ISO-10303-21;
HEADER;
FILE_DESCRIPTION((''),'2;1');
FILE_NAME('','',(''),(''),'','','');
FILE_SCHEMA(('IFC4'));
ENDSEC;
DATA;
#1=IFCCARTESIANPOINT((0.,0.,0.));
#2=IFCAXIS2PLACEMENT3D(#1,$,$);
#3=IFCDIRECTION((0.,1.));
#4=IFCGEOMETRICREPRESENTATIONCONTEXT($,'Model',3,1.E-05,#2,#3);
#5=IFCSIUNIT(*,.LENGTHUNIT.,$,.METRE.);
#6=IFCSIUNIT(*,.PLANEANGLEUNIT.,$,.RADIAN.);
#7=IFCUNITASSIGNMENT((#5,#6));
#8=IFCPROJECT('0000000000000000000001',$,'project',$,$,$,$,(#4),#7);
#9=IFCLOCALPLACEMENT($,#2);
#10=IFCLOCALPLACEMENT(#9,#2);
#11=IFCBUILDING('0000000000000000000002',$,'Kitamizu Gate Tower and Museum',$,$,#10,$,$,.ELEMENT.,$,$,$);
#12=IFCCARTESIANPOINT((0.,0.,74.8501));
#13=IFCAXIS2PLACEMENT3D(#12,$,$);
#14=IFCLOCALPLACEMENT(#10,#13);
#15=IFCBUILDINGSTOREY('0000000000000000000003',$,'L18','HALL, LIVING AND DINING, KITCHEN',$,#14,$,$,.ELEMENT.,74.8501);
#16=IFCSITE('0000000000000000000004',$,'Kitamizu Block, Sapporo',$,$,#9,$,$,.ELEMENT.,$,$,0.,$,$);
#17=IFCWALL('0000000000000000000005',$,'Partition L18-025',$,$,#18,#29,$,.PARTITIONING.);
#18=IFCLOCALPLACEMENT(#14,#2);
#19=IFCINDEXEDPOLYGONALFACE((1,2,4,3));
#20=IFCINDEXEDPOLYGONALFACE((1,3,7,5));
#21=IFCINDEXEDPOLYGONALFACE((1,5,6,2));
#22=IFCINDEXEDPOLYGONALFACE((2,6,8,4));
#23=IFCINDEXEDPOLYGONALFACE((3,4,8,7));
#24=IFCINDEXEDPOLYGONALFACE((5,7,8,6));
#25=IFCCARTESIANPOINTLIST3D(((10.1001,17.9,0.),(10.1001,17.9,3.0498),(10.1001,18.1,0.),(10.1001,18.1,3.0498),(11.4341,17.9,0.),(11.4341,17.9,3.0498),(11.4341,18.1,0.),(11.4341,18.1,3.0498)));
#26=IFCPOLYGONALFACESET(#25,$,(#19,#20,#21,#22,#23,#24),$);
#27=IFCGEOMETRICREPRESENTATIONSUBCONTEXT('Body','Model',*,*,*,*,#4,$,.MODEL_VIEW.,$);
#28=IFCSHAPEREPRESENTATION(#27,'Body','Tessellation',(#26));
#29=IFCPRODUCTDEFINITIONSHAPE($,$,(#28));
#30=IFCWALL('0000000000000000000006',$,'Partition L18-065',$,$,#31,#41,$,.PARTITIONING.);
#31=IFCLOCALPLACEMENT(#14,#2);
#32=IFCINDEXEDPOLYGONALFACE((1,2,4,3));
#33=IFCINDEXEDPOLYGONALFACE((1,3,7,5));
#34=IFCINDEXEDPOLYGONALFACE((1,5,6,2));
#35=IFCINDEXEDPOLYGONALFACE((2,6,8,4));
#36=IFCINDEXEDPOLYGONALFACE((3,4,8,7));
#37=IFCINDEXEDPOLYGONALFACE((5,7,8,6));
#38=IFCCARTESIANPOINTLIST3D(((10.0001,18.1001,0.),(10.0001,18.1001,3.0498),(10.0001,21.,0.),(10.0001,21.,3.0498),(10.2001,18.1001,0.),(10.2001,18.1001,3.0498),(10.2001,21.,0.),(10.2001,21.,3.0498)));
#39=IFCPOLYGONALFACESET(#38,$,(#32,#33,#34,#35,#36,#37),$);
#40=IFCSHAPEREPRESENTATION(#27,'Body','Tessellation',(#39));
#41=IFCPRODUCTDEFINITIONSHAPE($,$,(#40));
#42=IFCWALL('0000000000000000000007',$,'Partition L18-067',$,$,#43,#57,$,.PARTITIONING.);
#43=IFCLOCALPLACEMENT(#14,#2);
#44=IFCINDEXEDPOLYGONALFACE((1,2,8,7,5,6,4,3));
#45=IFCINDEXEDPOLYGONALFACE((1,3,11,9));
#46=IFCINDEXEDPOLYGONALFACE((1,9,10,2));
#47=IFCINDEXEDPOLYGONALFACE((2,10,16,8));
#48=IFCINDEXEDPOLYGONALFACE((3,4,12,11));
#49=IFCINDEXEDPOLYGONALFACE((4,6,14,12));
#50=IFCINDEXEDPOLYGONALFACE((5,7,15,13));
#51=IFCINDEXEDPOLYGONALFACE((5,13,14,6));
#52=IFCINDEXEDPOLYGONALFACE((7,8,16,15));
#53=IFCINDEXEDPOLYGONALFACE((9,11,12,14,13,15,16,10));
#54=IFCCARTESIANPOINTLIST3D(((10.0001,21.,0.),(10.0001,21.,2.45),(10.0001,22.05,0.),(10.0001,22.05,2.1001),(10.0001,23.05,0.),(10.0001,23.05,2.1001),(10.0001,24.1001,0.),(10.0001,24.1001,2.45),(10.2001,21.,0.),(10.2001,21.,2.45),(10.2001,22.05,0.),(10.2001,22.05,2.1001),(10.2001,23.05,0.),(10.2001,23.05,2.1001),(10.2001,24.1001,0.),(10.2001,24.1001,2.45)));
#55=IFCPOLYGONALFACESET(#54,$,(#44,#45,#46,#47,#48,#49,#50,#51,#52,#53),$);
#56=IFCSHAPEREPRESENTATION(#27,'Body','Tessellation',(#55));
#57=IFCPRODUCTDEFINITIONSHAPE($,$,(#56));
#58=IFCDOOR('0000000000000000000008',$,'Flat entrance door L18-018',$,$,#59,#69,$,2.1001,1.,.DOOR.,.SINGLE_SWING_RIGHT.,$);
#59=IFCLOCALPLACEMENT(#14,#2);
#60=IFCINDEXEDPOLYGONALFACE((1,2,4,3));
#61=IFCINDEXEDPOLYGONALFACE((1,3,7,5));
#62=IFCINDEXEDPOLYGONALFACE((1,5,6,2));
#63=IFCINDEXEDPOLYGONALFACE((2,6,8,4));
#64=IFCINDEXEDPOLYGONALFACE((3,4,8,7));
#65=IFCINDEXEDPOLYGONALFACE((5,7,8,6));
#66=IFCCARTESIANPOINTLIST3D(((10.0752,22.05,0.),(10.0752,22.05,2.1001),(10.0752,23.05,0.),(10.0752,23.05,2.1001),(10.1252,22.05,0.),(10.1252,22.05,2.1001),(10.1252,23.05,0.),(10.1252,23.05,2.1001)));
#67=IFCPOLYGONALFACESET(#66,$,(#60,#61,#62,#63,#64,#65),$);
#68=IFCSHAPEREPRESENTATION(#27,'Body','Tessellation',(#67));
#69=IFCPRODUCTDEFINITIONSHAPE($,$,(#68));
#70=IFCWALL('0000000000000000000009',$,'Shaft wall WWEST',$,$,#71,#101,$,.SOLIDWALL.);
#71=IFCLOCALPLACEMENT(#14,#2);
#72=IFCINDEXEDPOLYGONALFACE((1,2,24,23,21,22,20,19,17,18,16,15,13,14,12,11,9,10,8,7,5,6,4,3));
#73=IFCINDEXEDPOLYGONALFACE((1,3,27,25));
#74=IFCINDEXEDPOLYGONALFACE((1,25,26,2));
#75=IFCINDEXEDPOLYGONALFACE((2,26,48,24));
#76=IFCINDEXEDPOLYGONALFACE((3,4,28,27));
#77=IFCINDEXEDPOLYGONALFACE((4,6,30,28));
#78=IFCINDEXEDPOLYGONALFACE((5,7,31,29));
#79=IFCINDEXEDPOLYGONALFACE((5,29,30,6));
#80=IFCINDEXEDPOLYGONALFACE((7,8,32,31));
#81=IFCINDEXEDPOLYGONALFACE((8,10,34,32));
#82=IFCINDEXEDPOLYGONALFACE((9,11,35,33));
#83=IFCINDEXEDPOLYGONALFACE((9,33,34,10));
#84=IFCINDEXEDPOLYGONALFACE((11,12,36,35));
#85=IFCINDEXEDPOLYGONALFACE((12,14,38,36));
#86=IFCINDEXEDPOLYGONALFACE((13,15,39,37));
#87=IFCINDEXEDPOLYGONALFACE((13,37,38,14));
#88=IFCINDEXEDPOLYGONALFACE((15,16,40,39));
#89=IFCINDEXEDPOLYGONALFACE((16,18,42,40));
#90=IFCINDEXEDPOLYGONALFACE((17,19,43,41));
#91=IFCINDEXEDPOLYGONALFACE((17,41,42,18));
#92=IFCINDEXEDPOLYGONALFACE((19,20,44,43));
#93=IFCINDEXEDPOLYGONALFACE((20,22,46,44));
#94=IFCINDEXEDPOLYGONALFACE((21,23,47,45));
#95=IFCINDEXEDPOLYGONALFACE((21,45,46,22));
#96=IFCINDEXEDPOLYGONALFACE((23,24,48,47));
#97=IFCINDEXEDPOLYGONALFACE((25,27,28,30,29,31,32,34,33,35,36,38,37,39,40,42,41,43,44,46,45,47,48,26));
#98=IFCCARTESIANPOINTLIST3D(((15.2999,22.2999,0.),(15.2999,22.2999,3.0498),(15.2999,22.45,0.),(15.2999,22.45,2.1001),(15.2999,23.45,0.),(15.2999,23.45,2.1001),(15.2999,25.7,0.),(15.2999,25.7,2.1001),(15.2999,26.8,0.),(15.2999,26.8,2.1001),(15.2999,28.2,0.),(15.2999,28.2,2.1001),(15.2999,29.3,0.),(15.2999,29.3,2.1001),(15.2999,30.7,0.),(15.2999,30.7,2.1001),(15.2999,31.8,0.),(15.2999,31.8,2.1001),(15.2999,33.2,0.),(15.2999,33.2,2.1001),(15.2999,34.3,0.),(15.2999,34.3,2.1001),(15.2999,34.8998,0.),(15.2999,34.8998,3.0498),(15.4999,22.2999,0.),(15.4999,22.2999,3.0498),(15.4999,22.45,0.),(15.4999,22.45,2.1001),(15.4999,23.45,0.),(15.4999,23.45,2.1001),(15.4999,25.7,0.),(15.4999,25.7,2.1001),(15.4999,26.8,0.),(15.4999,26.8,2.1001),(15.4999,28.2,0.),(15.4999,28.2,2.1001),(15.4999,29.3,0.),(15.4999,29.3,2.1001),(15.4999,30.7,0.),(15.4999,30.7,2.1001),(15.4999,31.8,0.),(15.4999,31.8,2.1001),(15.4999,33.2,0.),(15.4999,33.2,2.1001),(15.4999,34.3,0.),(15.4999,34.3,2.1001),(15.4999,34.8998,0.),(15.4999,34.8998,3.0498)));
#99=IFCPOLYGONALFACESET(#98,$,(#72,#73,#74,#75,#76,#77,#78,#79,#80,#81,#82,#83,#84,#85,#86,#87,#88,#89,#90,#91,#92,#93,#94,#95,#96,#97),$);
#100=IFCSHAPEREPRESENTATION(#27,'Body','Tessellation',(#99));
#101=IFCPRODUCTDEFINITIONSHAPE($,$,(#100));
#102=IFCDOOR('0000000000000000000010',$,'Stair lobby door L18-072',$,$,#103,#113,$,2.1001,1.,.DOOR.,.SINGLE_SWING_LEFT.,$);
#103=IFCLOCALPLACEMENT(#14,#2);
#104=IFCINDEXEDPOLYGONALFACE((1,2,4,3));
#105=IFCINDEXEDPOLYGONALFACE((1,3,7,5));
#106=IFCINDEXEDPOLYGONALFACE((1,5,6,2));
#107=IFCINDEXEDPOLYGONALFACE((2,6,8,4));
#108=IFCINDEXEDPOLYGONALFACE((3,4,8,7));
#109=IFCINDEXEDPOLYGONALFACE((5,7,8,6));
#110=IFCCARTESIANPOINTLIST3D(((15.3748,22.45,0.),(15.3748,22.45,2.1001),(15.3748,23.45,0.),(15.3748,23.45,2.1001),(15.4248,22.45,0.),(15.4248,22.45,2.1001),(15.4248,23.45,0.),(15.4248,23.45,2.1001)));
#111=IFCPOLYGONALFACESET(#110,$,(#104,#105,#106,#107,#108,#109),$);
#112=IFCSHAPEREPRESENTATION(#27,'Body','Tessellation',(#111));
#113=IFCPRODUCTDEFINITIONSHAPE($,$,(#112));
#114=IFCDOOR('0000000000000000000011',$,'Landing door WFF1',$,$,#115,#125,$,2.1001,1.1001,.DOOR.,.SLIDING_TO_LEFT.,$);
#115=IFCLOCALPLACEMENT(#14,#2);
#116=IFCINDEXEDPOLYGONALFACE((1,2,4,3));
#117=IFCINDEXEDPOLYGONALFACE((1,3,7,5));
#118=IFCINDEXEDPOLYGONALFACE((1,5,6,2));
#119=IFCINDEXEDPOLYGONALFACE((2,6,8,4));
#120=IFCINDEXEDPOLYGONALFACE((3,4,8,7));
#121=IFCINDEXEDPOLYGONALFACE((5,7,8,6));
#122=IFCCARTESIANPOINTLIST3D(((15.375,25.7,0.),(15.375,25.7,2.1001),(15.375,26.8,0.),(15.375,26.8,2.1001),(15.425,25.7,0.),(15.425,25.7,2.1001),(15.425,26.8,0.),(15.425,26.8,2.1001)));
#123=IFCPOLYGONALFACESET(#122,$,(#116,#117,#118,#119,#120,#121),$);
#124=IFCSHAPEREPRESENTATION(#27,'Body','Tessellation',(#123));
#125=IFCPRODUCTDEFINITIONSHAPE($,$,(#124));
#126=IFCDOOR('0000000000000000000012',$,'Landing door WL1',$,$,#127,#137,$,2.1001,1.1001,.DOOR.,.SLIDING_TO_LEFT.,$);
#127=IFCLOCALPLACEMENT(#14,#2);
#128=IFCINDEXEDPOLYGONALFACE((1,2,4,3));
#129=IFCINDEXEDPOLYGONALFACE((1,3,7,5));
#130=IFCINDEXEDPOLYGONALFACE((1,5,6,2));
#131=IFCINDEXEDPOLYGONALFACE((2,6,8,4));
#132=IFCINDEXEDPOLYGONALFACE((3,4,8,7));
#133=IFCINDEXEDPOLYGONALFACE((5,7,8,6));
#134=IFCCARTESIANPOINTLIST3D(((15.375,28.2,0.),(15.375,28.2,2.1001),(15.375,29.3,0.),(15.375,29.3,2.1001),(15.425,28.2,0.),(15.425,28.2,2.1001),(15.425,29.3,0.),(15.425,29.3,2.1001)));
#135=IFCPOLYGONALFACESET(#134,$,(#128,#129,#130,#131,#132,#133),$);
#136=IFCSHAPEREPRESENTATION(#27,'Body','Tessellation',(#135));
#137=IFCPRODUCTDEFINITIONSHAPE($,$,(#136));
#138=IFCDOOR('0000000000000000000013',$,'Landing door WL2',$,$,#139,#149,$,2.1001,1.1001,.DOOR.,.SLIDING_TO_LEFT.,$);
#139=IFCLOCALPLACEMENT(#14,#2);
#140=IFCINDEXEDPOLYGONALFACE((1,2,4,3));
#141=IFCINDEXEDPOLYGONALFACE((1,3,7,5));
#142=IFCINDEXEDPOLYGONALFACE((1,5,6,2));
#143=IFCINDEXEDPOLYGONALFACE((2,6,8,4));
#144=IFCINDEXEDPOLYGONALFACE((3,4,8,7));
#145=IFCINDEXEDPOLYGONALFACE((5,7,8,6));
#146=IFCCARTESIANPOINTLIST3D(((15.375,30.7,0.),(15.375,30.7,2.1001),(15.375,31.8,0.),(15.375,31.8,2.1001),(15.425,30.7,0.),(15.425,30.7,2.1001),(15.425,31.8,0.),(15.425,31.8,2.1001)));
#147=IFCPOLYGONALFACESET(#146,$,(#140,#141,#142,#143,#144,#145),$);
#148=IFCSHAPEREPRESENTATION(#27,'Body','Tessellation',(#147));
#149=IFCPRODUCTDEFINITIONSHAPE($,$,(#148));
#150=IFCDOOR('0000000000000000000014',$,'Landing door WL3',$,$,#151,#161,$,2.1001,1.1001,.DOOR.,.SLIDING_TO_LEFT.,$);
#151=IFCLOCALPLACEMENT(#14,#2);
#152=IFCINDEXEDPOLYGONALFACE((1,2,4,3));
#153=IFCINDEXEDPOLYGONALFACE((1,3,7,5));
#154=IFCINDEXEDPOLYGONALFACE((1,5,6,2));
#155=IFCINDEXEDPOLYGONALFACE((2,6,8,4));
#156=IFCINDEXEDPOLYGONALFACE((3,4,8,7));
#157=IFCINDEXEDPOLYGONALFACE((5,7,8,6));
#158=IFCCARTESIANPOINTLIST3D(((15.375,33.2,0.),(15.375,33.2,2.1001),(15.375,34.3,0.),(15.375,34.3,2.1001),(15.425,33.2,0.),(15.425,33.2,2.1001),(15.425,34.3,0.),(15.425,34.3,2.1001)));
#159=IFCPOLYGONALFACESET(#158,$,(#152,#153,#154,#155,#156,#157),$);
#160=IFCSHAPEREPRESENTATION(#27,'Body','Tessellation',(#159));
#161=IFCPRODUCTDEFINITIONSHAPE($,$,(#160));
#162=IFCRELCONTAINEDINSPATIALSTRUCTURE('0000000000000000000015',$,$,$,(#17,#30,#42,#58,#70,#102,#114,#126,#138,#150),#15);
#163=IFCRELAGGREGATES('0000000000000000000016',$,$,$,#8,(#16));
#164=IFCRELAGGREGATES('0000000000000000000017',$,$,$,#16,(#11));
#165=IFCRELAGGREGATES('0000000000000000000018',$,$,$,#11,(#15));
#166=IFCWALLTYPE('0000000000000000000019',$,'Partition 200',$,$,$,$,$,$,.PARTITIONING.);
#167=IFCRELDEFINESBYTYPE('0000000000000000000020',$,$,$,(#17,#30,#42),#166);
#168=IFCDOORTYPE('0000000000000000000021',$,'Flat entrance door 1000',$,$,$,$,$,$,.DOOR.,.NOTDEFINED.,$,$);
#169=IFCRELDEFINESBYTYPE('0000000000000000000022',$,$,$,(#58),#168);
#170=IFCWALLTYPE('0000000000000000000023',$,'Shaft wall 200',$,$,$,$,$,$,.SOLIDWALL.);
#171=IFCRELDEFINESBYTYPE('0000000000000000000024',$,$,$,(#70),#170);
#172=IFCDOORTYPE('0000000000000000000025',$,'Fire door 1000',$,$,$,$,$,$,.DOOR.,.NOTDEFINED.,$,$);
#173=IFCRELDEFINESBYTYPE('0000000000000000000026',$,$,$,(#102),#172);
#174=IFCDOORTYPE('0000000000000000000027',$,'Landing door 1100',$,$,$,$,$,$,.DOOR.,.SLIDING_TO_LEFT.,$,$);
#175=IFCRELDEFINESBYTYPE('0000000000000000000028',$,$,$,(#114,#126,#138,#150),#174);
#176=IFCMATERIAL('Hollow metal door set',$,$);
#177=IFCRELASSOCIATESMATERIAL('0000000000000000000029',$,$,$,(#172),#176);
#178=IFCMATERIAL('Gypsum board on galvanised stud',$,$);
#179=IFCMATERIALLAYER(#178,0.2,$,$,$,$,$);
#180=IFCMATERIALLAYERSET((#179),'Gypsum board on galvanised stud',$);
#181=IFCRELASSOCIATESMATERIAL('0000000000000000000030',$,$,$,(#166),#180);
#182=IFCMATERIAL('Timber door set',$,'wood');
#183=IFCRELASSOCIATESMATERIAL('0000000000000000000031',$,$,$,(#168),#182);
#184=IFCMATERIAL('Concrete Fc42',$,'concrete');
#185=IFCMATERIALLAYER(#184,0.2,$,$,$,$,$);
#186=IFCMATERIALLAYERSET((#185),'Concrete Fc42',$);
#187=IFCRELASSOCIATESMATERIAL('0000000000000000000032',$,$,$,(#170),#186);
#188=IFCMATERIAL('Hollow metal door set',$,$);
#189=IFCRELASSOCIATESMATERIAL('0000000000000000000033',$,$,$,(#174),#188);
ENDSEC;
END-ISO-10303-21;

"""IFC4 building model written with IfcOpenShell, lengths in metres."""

from ifc_helpers import new_model, si_unit, direction, frame, frame_2d, origin, place, context, subcontext, project, spatial, rectangle, extrude, material, layer, layer_set, type_object, element, fill, save


model = new_model("IFC4")

# Units and contexts
model_context = context("Model", 3, precision=1e-05, world=origin(), true_north=direction((0.0, 1.0)))
body_context = subcontext(model_context, "Body", "Model", "MODEL_VIEW")
ifc_project = project(units=[si_unit("LENGTHUNIT", "METRE"), si_unit("PLANEANGLEUNIT", "RADIAN")], contexts=[model_context])

# Site, building, storey
site_placement = place(None, origin())
site = spatial("IfcSite", under=ifc_project, at=site_placement, Name="Kitamizu Block, Sapporo", CompositionType="ELEMENT", RefElevation=0.0)
building_placement = place(site_placement, origin())
building = spatial("IfcBuilding", under=site, at=building_placement, Name="Kitamizu Gate Tower and Museum", CompositionType="ELEMENT")
storey_placement = place(building_placement, frame((0.0, 0.0, 74.8501)))
storey = spatial("IfcBuildingStorey", under=building, at=storey_placement, Name="L18", Description="HALL, LIVING AND DINING, KITCHEN", CompositionType="ELEMENT", Elevation=74.8501)

# Shared definitions
ifc_material_1 = material(Name="Hollow metal door set")
door_type_1 = type_object("IfcDoorType", Name="Fire door 1000", OperationType="NOTDEFINED", PredefinedType="DOOR", material=ifc_material_1)

# Walls
ifc_material_2 = material(Name="Gypsum board on galvanised stud")
ifc_layer_1 = layer(ifc_material_2, 0.2)
ifc_layer_set_1 = layer_set([ifc_layer_1], Name="Gypsum board on galvanised stud")
wall_type_1 = type_object("IfcWallType", Name="Partition 200", PredefinedType="PARTITIONING", material=ifc_layer_set_1)
wall_1_placement = place(storey_placement, frame((11.4341, 18.0, 0.0), z_axis=(0.0, 0.0, 1.0), x_axis=(-1.0, 0.0, 0.0)))
element("IfcWall", 1, at=wall_1_placement, inside=storey, type_object=wall_type_1, Name="Partition L18-025", PredefinedType="PARTITIONING", context=body_context, shape_type="SweptSolid", body=[
    extrude(rectangle(XDim=1.334, YDim=0.2, at=frame_2d((0.667, 0.0))), origin(), (0.0, 0.0, 1.0), 3.0498),
])
wall_2_placement = place(storey_placement, frame((10.1001, 18.1001, 0.0), z_axis=(0.0, 0.0, 1.0), x_axis=(0.0, 1.0, 0.0)))
element("IfcWall", 2, at=wall_2_placement, inside=storey, type_object=wall_type_1, Name="Partition L18-065", PredefinedType="PARTITIONING", context=body_context, shape_type="SweptSolid", body=[
    extrude(rectangle(XDim=2.8999, YDim=0.2, at=frame_2d((1.45, 0.0))), origin(), (0.0, 0.0, 1.0), 3.0498),
])

# Wall, opening, door
wall_3_placement = place(storey_placement, frame((10.1001, 21.0, 0.0), z_axis=(0.0, 0.0, 1.0), x_axis=(0.0, 1.0, 0.0)))
wall_3 = element("IfcWall", 3, at=wall_3_placement, inside=storey, type_object=wall_type_1, Name="Partition L18-067", PredefinedType="PARTITIONING", context=body_context, shape_type="SweptSolid", body=[
    extrude(rectangle(XDim=3.1001, YDim=0.2, at=frame_2d((1.55, 0.0))), origin(), (0.0, 0.0, 1.0), 2.45),
])
opening_1_placement = place(wall_3_placement, frame((1.05, 0.0, 0.0)))
opening_1 = element("IfcOpeningElement", 4, at=opening_1_placement, cuts=wall_3, PredefinedType="OPENING", context=body_context, shape_type="SweptSolid", body=[
    extrude(rectangle(XDim=1.0, YDim=2.1001, at=frame_2d((0.5, 1.05))), frame((0.0, 0.1099, 0.0), z_axis=(0.0, -1.0, 0.0), x_axis=(1.0, 0.0, 0.0)), (0.0, 0.0, 1.0), 0.22),
])
ifc_material_3 = material(Name="Timber door set", Category="wood")
door_type_2 = type_object("IfcDoorType", Name="Flat entrance door 1000", OperationType="NOTDEFINED", PredefinedType="DOOR", material=ifc_material_3)
door_1_placement = place(opening_1_placement, origin())
door_1 = element("IfcDoor", 5, at=door_1_placement, inside=storey, type_object=door_type_2, Name="Flat entrance door L18-018", OperationType="SINGLE_SWING_RIGHT", OverallHeight=2.1001, OverallWidth=1.0, PredefinedType="DOOR", context=body_context, shape_type="SweptSolid", body=[
    extrude(rectangle(XDim=1.0, YDim=2.1001, at=frame_2d((0.5, 1.05))), frame((0.0, 0.0249, 0.0), z_axis=(0.0, -1.0, 0.0), x_axis=(1.0, 0.0, 0.0)), (0.0, 0.0, 1.0), 0.05),
])
fill(opening_1, door_1)

# Wall, openings, doors
ifc_material_4 = material(Name="Concrete Fc42", Category="concrete")
ifc_layer_2 = layer(ifc_material_4, 0.2)
ifc_layer_set_2 = layer_set([ifc_layer_2], Name="Concrete Fc42")
wall_type_2 = type_object("IfcWallType", Name="Shaft wall 200", PredefinedType="SOLIDWALL", material=ifc_layer_set_2)
wall_4_placement = place(storey_placement, frame((15.3999, 22.3, 0.0), z_axis=(0.0, 0.0, 1.0), x_axis=(0.0, 1.0, 0.0)))
wall_4 = element("IfcWall", 6, at=wall_4_placement, inside=storey, type_object=wall_type_2, Name="Shaft wall WWEST", PredefinedType="SOLIDWALL", context=body_context, shape_type="SweptSolid", body=[
    extrude(rectangle(XDim=12.5999, YDim=0.2, at=frame_2d((6.2998, 0.0))), origin(), (0.0, 0.0, 1.0), 3.0498),
])
opening_2_placement = place(wall_4_placement, frame((3.3999, 0.0, 0.0)))
opening_2 = element("IfcOpeningElement", 7, at=opening_2_placement, cuts=wall_4, PredefinedType="OPENING", context=body_context, shape_type="SweptSolid", body=[
    extrude(rectangle(XDim=1.1001, YDim=2.1001, at=frame_2d((0.55, 1.05))), frame((0.0, 0.1099, 0.0), z_axis=(0.0, -1.0, 0.0), x_axis=(1.0, 0.0, 0.0)), (0.0, 0.0, 1.0), 0.22),
])
opening_3_placement = place(wall_4_placement, frame((5.8999, 0.0, 0.0)))
opening_3 = element("IfcOpeningElement", 8, at=opening_3_placement, cuts=wall_4, PredefinedType="OPENING", context=body_context, shape_type="SweptSolid", body=[
    extrude(rectangle(XDim=1.1001, YDim=2.1001, at=frame_2d((0.55, 1.05))), frame((0.0, 0.1099, 0.0), z_axis=(0.0, -1.0, 0.0), x_axis=(1.0, 0.0, 0.0)), (0.0, 0.0, 1.0), 0.22),
])
opening_4_placement = place(wall_4_placement, frame((8.3999, 0.0, 0.0)))
opening_4 = element("IfcOpeningElement", 9, at=opening_4_placement, cuts=wall_4, PredefinedType="OPENING", context=body_context, shape_type="SweptSolid", body=[
    extrude(rectangle(XDim=1.1001, YDim=2.1001, at=frame_2d((0.55, 1.05))), frame((0.0, 0.1099, 0.0), z_axis=(0.0, -1.0, 0.0), x_axis=(1.0, 0.0, 0.0)), (0.0, 0.0, 1.0), 0.22),
])
opening_5_placement = place(wall_4_placement, frame((10.8999, 0.0, 0.0)))
opening_5 = element("IfcOpeningElement", 10, at=opening_5_placement, cuts=wall_4, PredefinedType="OPENING", context=body_context, shape_type="SweptSolid", body=[
    extrude(rectangle(XDim=1.1001, YDim=2.1001, at=frame_2d((0.55, 1.05))), frame((0.0, 0.1099, 0.0), z_axis=(0.0, -1.0, 0.0), x_axis=(1.0, 0.0, 0.0)), (0.0, 0.0, 1.0), 0.22),
])
opening_6_placement = place(wall_4_placement, frame((0.1499, 0.0, 0.0)))
opening_6 = element("IfcOpeningElement", 11, at=opening_6_placement, cuts=wall_4, PredefinedType="OPENING", context=body_context, shape_type="SweptSolid", body=[
    extrude(rectangle(XDim=1.0, YDim=2.1001, at=frame_2d((0.5, 1.05))), frame((0.0, 0.1099, 0.0), z_axis=(0.0, -1.0, 0.0), x_axis=(1.0, 0.0, 0.0)), (0.0, 0.0, 1.0), 0.22),
])
door_2_placement = place(opening_6_placement, frame((1.0, 0.0, 0.0), x_axis=(-1.0, 0.0, 0.0)))
door_2 = element("IfcDoor", 12, at=door_2_placement, inside=storey, type_object=door_type_1, Name="Stair lobby door L18-072", OperationType="SINGLE_SWING_LEFT", OverallHeight=2.1001, OverallWidth=1.0, PredefinedType="DOOR", context=body_context, shape_type="SweptSolid", body=[
    extrude(rectangle(XDim=1.0, YDim=2.1001, at=frame_2d((0.5, 1.05))), frame((0.0, 0.0249, 0.0), z_axis=(0.0, -1.0, 0.0), x_axis=(1.0, 0.0, 0.0)), (0.0, 0.0, 1.0), 0.05),
])
fill(opening_6, door_2)
ifc_material_5 = material(Name="Hollow metal door set")
door_type_3 = type_object("IfcDoorType", Name="Landing door 1100", OperationType="SLIDING_TO_LEFT", PredefinedType="DOOR", material=ifc_material_5)
door_3_placement = place(opening_2_placement, origin())
door_3 = element("IfcDoor", 13, at=door_3_placement, inside=storey, type_object=door_type_3, Name="Landing door WFF1", OperationType="SLIDING_TO_LEFT", OverallHeight=2.1001, OverallWidth=1.1001, PredefinedType="DOOR", context=body_context, shape_type="SweptSolid", body=[
    extrude(rectangle(XDim=1.1001, YDim=2.1001, at=frame_2d((0.55, 1.05))), frame((0.0, 0.0249, 0.0), z_axis=(0.0, -1.0, 0.0), x_axis=(1.0, 0.0, 0.0)), (0.0, 0.0, 1.0), 0.05),
])
fill(opening_2, door_3)
door_4_placement = place(opening_3_placement, origin())
door_4 = element("IfcDoor", 14, at=door_4_placement, inside=storey, type_object=door_type_3, Name="Landing door WL1", OperationType="SLIDING_TO_LEFT", OverallHeight=2.1001, OverallWidth=1.1001, PredefinedType="DOOR", context=body_context, shape_type="SweptSolid", body=[
    extrude(rectangle(XDim=1.1001, YDim=2.1001, at=frame_2d((0.55, 1.05))), frame((0.0, 0.0249, 0.0), z_axis=(0.0, -1.0, 0.0), x_axis=(1.0, 0.0, 0.0)), (0.0, 0.0, 1.0), 0.05),
])
fill(opening_3, door_4)
door_5_placement = place(opening_4_placement, origin())
door_5 = element("IfcDoor", 15, at=door_5_placement, inside=storey, type_object=door_type_3, Name="Landing door WL2", OperationType="SLIDING_TO_LEFT", OverallHeight=2.1001, OverallWidth=1.1001, PredefinedType="DOOR", context=body_context, shape_type="SweptSolid", body=[
    extrude(rectangle(XDim=1.1001, YDim=2.1001, at=frame_2d((0.55, 1.05))), frame((0.0, 0.0249, 0.0), z_axis=(0.0, -1.0, 0.0), x_axis=(1.0, 0.0, 0.0)), (0.0, 0.0, 1.0), 0.05),
])
fill(opening_4, door_5)
door_6_placement = place(opening_5_placement, origin())
door_6 = element("IfcDoor", 16, at=door_6_placement, inside=storey, type_object=door_type_3, Name="Landing door WL3", OperationType="SLIDING_TO_LEFT", OverallHeight=2.1001, OverallWidth=1.1001, PredefinedType="DOOR", context=body_context, shape_type="SweptSolid", body=[
    extrude(rectangle(XDim=1.1001, YDim=2.1001, at=frame_2d((0.55, 1.05))), frame((0.0, 0.0249, 0.0), z_axis=(0.0, -1.0, 0.0), x_axis=(1.0, 0.0, 0.0)), (0.0, 0.0, 1.0), 0.05),
])
fill(opening_5, door_6)

save(model, "model.ifc")
